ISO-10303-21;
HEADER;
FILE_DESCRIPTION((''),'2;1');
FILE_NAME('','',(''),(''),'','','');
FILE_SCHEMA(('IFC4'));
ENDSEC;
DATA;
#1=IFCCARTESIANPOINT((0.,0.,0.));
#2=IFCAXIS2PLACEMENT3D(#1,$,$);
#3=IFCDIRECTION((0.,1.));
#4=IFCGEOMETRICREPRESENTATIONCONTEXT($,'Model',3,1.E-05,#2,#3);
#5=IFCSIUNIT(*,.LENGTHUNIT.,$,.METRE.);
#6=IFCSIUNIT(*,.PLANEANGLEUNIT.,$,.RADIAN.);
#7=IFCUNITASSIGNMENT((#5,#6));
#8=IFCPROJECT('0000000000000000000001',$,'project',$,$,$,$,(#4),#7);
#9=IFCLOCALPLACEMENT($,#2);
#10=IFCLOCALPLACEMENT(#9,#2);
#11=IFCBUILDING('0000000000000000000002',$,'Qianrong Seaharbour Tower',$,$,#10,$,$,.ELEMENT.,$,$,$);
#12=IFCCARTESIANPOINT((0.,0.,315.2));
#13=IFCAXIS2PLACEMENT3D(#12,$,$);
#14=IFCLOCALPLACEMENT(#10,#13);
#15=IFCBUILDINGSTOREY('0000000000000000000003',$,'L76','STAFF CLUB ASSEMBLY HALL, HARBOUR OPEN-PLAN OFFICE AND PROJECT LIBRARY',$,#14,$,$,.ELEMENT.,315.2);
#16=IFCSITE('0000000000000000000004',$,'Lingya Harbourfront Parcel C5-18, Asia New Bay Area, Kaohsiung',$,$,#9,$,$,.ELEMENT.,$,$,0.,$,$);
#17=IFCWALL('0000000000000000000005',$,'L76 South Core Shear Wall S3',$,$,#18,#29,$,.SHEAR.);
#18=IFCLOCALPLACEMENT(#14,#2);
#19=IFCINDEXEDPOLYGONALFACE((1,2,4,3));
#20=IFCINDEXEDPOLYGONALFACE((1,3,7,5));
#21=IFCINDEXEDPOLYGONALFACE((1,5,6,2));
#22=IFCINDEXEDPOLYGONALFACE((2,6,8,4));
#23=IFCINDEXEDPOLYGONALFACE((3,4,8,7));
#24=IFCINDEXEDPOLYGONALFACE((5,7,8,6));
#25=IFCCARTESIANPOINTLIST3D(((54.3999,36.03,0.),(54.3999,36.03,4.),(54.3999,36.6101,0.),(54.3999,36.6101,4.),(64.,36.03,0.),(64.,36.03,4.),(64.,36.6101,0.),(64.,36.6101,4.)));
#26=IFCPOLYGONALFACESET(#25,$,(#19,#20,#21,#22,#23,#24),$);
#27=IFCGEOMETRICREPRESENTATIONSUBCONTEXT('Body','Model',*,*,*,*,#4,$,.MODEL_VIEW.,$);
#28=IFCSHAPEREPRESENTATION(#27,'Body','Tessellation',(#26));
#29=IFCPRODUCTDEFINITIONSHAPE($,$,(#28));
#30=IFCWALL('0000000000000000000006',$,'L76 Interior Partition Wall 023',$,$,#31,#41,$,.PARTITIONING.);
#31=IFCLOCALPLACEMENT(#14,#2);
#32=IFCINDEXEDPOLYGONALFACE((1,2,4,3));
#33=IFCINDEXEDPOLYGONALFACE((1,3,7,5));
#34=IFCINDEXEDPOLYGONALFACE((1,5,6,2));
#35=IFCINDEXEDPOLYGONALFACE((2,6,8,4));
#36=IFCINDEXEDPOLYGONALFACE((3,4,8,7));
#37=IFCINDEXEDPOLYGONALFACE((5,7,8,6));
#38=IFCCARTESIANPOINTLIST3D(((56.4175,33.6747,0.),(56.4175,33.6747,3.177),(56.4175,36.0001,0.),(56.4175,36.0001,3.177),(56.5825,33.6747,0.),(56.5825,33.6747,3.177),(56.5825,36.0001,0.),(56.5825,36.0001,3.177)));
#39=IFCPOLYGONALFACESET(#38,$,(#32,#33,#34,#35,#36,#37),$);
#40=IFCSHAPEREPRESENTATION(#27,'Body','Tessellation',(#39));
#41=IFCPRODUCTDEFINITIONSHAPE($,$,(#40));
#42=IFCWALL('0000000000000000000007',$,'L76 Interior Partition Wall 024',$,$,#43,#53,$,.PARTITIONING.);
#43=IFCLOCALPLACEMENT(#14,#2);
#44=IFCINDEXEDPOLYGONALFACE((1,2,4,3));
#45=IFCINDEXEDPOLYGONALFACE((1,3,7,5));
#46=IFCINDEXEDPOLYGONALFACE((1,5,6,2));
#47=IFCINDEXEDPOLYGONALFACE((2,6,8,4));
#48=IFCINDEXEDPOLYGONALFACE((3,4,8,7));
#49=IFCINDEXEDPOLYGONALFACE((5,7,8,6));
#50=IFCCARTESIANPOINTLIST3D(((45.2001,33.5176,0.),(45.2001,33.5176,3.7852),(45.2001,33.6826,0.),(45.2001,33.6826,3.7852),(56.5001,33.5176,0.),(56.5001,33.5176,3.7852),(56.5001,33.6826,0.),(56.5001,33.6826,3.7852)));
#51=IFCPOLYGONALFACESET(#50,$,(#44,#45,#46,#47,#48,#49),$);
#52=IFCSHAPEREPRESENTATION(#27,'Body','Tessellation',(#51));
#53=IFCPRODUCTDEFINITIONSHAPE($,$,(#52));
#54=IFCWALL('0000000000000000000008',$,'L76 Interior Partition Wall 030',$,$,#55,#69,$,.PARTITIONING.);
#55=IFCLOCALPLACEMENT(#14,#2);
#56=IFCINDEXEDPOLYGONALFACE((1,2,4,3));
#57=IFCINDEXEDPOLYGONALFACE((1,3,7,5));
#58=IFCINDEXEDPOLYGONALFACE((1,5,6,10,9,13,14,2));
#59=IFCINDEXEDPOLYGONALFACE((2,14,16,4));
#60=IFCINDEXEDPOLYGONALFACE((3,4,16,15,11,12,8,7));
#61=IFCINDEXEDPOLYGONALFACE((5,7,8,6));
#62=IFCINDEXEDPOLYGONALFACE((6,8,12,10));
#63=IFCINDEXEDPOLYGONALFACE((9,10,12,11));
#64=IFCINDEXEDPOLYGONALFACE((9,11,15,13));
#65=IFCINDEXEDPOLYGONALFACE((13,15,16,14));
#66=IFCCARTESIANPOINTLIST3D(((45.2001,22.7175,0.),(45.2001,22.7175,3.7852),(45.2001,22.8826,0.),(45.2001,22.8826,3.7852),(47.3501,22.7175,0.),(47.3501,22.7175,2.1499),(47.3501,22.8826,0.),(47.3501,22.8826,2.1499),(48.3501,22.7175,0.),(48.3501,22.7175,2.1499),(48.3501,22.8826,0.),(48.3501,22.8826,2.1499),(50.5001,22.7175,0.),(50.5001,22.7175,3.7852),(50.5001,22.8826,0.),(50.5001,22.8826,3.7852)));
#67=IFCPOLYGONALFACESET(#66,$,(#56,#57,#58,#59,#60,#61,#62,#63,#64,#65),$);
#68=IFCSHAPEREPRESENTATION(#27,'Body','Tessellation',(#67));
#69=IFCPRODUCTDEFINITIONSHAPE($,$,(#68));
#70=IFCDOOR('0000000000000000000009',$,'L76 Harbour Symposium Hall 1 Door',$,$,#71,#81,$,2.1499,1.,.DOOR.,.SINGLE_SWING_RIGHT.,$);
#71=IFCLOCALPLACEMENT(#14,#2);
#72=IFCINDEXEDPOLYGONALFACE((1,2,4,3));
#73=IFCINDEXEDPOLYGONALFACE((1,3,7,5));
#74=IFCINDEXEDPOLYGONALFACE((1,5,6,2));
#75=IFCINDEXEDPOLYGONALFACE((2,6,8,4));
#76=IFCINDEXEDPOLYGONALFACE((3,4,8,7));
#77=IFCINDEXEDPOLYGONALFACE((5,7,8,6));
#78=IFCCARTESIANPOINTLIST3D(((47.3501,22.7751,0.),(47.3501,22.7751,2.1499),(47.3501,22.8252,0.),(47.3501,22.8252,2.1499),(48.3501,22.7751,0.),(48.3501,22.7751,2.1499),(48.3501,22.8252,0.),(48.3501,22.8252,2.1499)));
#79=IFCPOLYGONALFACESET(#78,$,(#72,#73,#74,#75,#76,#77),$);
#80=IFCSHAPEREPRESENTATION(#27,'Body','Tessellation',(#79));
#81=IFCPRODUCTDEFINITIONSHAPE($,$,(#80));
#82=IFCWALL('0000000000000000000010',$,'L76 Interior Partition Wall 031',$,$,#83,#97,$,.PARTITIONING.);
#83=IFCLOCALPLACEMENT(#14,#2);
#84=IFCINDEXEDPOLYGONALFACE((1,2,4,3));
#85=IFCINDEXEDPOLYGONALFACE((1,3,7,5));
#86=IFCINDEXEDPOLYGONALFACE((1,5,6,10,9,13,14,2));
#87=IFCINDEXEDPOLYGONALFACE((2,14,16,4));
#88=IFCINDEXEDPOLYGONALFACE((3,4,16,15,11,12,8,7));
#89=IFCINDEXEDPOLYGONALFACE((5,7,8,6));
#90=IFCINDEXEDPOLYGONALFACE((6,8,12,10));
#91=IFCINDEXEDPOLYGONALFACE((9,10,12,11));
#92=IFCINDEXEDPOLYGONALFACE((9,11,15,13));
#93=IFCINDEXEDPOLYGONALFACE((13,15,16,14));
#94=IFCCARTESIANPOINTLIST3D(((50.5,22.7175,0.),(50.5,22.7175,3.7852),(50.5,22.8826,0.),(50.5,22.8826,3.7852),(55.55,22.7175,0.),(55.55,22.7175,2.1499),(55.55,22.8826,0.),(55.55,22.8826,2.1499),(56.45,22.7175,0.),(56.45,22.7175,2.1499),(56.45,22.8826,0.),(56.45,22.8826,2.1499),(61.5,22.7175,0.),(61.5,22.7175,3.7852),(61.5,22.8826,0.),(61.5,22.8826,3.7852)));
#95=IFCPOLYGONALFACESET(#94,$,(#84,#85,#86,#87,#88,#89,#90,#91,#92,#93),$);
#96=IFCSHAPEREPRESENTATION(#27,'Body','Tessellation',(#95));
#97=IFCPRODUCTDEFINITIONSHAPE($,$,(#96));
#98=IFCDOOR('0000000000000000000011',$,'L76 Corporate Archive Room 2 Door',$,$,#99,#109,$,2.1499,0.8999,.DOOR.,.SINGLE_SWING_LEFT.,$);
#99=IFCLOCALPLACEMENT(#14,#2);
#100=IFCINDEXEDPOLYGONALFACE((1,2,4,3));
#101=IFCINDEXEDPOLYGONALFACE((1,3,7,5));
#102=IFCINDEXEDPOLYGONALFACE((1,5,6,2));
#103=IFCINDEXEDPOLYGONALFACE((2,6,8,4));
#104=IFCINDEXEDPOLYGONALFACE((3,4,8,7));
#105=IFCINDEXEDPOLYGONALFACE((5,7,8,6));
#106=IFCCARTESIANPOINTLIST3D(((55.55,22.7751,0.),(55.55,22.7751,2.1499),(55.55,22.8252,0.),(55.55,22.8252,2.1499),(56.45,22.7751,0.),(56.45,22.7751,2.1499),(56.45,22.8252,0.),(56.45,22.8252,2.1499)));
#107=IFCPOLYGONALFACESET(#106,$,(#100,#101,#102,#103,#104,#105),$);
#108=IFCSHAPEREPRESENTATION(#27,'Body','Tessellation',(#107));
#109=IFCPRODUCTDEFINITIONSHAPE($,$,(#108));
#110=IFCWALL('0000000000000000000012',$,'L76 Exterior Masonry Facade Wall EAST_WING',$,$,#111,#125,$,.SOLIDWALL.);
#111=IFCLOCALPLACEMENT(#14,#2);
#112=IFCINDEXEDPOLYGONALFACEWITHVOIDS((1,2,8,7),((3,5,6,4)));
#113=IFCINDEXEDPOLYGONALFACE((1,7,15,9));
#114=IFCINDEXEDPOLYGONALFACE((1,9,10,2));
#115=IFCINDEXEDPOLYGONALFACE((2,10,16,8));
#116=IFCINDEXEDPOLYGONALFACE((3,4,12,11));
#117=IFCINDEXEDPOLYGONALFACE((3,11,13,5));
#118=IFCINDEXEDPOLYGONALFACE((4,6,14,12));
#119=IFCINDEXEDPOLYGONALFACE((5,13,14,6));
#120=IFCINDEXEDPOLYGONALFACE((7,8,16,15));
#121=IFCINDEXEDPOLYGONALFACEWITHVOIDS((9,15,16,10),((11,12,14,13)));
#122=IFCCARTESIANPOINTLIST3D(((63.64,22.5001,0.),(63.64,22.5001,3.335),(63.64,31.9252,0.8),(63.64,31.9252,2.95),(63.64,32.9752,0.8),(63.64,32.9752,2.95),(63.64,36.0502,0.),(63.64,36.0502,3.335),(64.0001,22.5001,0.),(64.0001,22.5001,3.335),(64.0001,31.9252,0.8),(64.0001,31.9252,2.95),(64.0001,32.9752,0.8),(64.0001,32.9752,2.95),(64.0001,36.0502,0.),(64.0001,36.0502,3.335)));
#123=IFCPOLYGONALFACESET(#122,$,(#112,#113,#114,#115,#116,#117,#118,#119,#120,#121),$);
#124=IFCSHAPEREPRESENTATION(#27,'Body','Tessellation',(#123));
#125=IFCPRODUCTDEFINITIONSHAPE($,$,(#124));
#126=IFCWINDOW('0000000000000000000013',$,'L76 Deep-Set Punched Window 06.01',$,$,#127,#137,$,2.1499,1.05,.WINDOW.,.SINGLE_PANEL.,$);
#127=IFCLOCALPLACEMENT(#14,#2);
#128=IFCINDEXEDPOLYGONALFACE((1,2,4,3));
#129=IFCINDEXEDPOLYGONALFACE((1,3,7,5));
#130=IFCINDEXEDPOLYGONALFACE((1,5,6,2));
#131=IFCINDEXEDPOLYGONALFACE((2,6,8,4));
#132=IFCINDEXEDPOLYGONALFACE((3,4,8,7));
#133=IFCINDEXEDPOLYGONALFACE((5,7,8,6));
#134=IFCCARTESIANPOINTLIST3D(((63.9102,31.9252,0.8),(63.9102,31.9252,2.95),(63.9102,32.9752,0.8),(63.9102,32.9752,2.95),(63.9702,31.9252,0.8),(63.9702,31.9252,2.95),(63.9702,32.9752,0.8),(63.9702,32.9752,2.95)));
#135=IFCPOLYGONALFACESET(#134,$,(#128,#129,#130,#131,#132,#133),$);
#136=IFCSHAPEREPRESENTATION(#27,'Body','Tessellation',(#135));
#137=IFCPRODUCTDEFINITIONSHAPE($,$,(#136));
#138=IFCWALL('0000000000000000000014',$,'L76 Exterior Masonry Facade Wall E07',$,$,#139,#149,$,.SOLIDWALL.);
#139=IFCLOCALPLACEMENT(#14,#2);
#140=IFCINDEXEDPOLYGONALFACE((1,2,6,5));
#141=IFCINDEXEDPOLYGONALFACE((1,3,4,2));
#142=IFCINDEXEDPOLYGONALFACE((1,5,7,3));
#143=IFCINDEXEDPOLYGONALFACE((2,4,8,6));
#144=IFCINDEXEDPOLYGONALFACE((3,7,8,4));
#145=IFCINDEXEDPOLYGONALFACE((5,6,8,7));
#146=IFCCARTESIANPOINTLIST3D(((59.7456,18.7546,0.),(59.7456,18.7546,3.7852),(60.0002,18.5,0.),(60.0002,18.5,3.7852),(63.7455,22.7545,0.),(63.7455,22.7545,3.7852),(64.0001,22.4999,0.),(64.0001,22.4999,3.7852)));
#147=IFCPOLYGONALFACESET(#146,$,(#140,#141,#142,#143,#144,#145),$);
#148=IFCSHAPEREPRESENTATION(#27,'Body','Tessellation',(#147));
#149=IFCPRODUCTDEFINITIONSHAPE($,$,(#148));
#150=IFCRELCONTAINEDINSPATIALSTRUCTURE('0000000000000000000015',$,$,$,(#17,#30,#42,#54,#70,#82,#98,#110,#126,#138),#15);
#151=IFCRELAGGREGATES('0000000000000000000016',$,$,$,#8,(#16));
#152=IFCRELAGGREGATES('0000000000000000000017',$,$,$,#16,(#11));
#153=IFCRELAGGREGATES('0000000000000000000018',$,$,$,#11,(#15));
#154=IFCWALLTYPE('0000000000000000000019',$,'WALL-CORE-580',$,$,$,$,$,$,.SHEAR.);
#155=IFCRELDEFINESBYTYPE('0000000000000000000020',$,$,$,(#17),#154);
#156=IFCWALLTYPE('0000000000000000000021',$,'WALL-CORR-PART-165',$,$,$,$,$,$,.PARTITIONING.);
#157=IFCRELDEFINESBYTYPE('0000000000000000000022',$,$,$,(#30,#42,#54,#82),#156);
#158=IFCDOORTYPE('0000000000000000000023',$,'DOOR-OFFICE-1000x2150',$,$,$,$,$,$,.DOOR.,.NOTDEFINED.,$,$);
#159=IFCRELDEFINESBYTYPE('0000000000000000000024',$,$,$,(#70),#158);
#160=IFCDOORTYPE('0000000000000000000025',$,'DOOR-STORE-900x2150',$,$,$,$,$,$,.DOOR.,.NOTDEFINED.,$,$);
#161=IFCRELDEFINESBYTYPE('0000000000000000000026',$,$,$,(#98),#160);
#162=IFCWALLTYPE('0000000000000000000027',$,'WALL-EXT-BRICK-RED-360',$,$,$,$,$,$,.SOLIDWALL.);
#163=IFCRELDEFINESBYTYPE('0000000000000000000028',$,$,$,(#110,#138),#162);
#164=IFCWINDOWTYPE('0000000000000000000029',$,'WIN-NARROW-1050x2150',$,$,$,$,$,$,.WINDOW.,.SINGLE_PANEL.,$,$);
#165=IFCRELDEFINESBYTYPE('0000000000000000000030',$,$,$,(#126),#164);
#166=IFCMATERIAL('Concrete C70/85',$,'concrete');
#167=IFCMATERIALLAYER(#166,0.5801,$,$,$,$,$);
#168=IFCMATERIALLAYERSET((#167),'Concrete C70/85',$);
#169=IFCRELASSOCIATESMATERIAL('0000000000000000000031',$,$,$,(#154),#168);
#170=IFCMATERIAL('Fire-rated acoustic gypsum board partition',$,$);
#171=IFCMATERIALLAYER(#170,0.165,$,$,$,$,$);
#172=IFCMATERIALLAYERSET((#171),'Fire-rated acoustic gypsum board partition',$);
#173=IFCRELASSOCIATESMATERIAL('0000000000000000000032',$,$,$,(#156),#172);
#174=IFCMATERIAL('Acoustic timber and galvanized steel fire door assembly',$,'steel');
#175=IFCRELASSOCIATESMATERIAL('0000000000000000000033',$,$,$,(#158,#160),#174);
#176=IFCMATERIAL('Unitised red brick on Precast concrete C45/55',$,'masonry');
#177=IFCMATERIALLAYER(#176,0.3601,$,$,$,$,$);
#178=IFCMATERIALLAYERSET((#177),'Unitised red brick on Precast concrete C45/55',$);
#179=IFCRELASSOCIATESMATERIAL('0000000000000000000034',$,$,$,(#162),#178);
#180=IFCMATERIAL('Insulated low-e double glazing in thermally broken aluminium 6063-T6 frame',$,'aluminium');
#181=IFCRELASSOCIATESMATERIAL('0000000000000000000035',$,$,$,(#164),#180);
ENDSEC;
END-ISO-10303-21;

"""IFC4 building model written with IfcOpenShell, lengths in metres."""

from ifc_helpers import new_model, si_unit, direction, frame, frame_2d, origin, place, context, subcontext, project, spatial, rectangle, extrude, material, layer, layer_set, type_object, element, fill, save


model = new_model("IFC4")

# Units and contexts
model_context = context("Model", 3, precision=1e-05, world=origin(), true_north=direction((0.0, 1.0)))
body_context = subcontext(model_context, "Body", "Model", "MODEL_VIEW")
ifc_project = project(units=[si_unit("LENGTHUNIT", "METRE"), si_unit("PLANEANGLEUNIT", "RADIAN")], contexts=[model_context])

# Site, building, storey
site_placement = place(None, origin())
site = spatial("IfcSite", under=ifc_project, at=site_placement, Name="Lingya Harbourfront Parcel C5-18, Asia New Bay Area, Kaohsiung", CompositionType="ELEMENT", RefElevation=0.0)
building_placement = place(site_placement, origin())
building = spatial("IfcBuilding", under=site, at=building_placement, Name="Qianrong Seaharbour Tower", CompositionType="ELEMENT")
storey_placement = place(building_placement, frame((0.0, 0.0, 315.2)))
storey = spatial("IfcBuildingStorey", under=building, at=storey_placement, Name="L76", Description="STAFF CLUB ASSEMBLY HALL, HARBOUR OPEN-PLAN OFFICE AND PROJECT LIBRARY", CompositionType="ELEMENT", Elevation=315.2)

# Walls
ifc_material_1 = material(Name="Concrete C70/85", Category="concrete")
ifc_layer_1 = layer(ifc_material_1, 0.5801)
ifc_layer_set_1 = layer_set([ifc_layer_1], Name="Concrete C70/85")
wall_type_1 = type_object("IfcWallType", Name="WALL-CORE-580", PredefinedType="SHEAR", material=ifc_layer_set_1)
wall_1_placement = place(storey_placement, frame((54.3999, 36.3201, 0.0), z_axis=(0.0, 0.0, 1.0), x_axis=(1.0, 0.0, 0.0)))
element("IfcWall", 1, at=wall_1_placement, inside=storey, type_object=wall_type_1, Name="L76 South Core Shear Wall S3", PredefinedType="SHEAR", context=body_context, shape_type="SweptSolid", body=[
    extrude(rectangle(XDim=9.6001, YDim=0.5801, at=frame_2d((4.8, 0.0))), origin(), (0.0, 0.0, 1.0), 4.0),
])
ifc_material_2 = material(Name="Fire-rated acoustic gypsum board partition")
ifc_layer_2 = layer(ifc_material_2, 0.165)
ifc_layer_set_2 = layer_set([ifc_layer_2], Name="Fire-rated acoustic gypsum board partition")
wall_type_2 = type_object("IfcWallType", Name="WALL-CORR-PART-165", PredefinedType="PARTITIONING", material=ifc_layer_set_2)
wall_2_placement = place(storey_placement, frame((56.5, 36.0, 0.0), z_axis=(0.0, 0.0, 1.0), x_axis=(0.0, -1.0, 0.0)))
element("IfcWall", 2, at=wall_2_placement, inside=storey, type_object=wall_type_2, Name="L76 Interior Partition Wall 023", PredefinedType="PARTITIONING", context=body_context, shape_type="SweptSolid", body=[
    extrude(rectangle(XDim=2.3254, YDim=0.165, at=frame_2d((1.1626, 0.0))), origin(), (0.0, 0.0, 1.0), 3.177),
])
wall_3_placement = place(storey_placement, frame((56.5, 33.6001, 0.0), z_axis=(0.0, 0.0, 1.0), x_axis=(-1.0, 0.0, 0.0)))
element("IfcWall", 3, at=wall_3_placement, inside=storey, type_object=wall_type_2, Name="L76 Interior Partition Wall 024", PredefinedType="PARTITIONING", context=body_context, shape_type="SweptSolid", body=[
    extrude(rectangle(XDim=11.3, YDim=0.165, at=frame_2d((5.6499, 0.0))), origin(), (0.0, 0.0, 1.0), 3.7852),
])

# Walls, openings, doors
wall_4_placement = place(storey_placement, frame((50.5, 22.8, 0.0), z_axis=(0.0, 0.0, 1.0), x_axis=(-1.0, 0.0, 0.0)))
wall_4 = element("IfcWall", 4, at=wall_4_placement, inside=storey, type_object=wall_type_2, Name="L76 Interior Partition Wall 030", PredefinedType="PARTITIONING", context=body_context, shape_type="SweptSolid", body=[
    extrude(rectangle(XDim=5.3, YDim=0.165, at=frame_2d((2.6499, 0.0))), origin(), (0.0, 0.0, 1.0), 3.7852),
])
opening_1_placement = place(wall_4_placement, frame((2.1499, 0.0, 0.0)))
opening_1 = element("IfcOpeningElement", 5, at=opening_1_placement, cuts=wall_4, PredefinedType="OPENING", context=body_context, shape_type="SweptSolid", body=[
    extrude(rectangle(XDim=1.0, YDim=2.1499, at=frame_2d((0.5, 1.075))), frame((0.0, 0.0925, 0.0), z_axis=(0.0, -1.0, 0.0), x_axis=(1.0, 0.0, 0.0)), (0.0, 0.0, 1.0), 0.1851),
])
ifc_material_3 = material(Name="Acoustic timber and galvanized steel fire door assembly", Category="steel")
door_type_1 = type_object("IfcDoorType", Name="DOOR-OFFICE-1000x2150", OperationType="NOTDEFINED", PredefinedType="DOOR", material=ifc_material_3)
door_1_placement = place(opening_1_placement, origin())
door_1 = element("IfcDoor", 6, at=door_1_placement, inside=storey, type_object=door_type_1, Name="L76 Harbour Symposium Hall 1 Door", OperationType="SINGLE_SWING_RIGHT", OverallHeight=2.1499, OverallWidth=1.0, PredefinedType="DOOR", context=body_context, shape_type="SweptSolid", body=[
    extrude(rectangle(XDim=1.0, YDim=2.1499, at=frame_2d((0.5, 1.075))), frame((0.0, 0.0249, 0.0), z_axis=(0.0, -1.0, 0.0), x_axis=(1.0, 0.0, 0.0)), (0.0, 0.0, 1.0), 0.05),
])
fill(opening_1, door_1)
wall_5_placement = place(storey_placement, frame((61.5, 22.8, 0.0), z_axis=(0.0, 0.0, 1.0), x_axis=(-1.0, 0.0, 0.0)))
wall_5 = element("IfcWall", 7, at=wall_5_placement, inside=storey, type_object=wall_type_2, Name="L76 Interior Partition Wall 031", PredefinedType="PARTITIONING", context=body_context, shape_type="SweptSolid", body=[
    extrude(rectangle(XDim=11.0, YDim=0.165, at=frame_2d((5.5, 0.0))), origin(), (0.0, 0.0, 1.0), 3.7852),
])
opening_2_placement = place(wall_5_placement, frame((5.05, 0.0, 0.0)))
opening_2 = element("IfcOpeningElement", 8, at=opening_2_placement, cuts=wall_5, PredefinedType="OPENING", context=body_context, shape_type="SweptSolid", body=[
    extrude(rectangle(XDim=0.8999, YDim=2.1499, at=frame_2d((0.45, 1.075))), frame((0.0, 0.0925, 0.0), z_axis=(0.0, -1.0, 0.0), x_axis=(1.0, 0.0, 0.0)), (0.0, 0.0, 1.0), 0.1851),
])
door_type_2 = type_object("IfcDoorType", Name="DOOR-STORE-900x2150", OperationType="NOTDEFINED", PredefinedType="DOOR", material=ifc_material_3)
door_2_placement = place(opening_2_placement, origin())
door_2 = element("IfcDoor", 9, at=door_2_placement, inside=storey, type_object=door_type_2, Name="L76 Corporate Archive Room 2 Door", OperationType="SINGLE_SWING_LEFT", OverallHeight=2.1499, OverallWidth=0.8999, PredefinedType="DOOR", context=body_context, shape_type="SweptSolid", body=[
    extrude(rectangle(XDim=0.8999, YDim=2.1499, at=frame_2d((0.45, 1.075))), frame((0.0, 0.0249, 0.0), z_axis=(0.0, -1.0, 0.0), x_axis=(1.0, 0.0, 0.0)), (0.0, 0.0, 1.0), 0.05),
])
fill(opening_2, door_2)

# Wall, opening, window
ifc_material_4 = material(Name="Unitised red brick on Precast concrete C45/55", Category="masonry")
ifc_layer_3 = layer(ifc_material_4, 0.3601)
ifc_layer_set_3 = layer_set([ifc_layer_3], Name="Unitised red brick on Precast concrete C45/55")
wall_type_3 = type_object("IfcWallType", Name="WALL-EXT-BRICK-RED-360", PredefinedType="SOLIDWALL", material=ifc_layer_set_3)
wall_6_placement = place(storey_placement, frame((63.8201, 36.05, 0.0), z_axis=(0.0, 0.0, 1.0), x_axis=(0.0, -1.0, 0.0)))
wall_6 = element("IfcWall", 10, at=wall_6_placement, inside=storey, type_object=wall_type_3, Name="L76 Exterior Masonry Facade Wall EAST_WING", PredefinedType="SOLIDWALL", context=body_context, shape_type="SweptSolid", body=[
    extrude(rectangle(XDim=13.55, YDim=0.3601, at=frame_2d((6.7749, 0.0))), origin(), (0.0, 0.0, 1.0), 3.335),
])
opening_3_placement = place(wall_6_placement, frame((3.075, 0.0, 0.8)))
opening_3 = element("IfcOpeningElement", 11, at=opening_3_placement, cuts=wall_6, PredefinedType="OPENING", context=body_context, shape_type="SweptSolid", body=[
    extrude(rectangle(XDim=1.05, YDim=2.1499, at=frame_2d((0.5249, 1.075))), frame((0.0, 0.1899, 0.0), z_axis=(0.0, -1.0, 0.0), x_axis=(1.0, 0.0, 0.0)), (0.0, 0.0, 1.0), 0.3801),
])
ifc_material_5 = material(Name="Insulated low-e double glazing in thermally broken aluminium 6063-T6 frame", Category="aluminium")
window_type = type_object("IfcWindowType", Name="WIN-NARROW-1050x2150", PartitioningType="SINGLE_PANEL", PredefinedType="WINDOW", material=ifc_material_5)
window_1_placement = place(opening_3_placement, origin())
window_1 = element("IfcWindow", 12, at=window_1_placement, inside=storey, type_object=window_type, Name="L76 Deep-Set Punched Window 06.01", OverallHeight=2.1499, OverallWidth=1.05, PartitioningType="SINGLE_PANEL", PredefinedType="WINDOW", context=body_context, shape_type="SweptSolid", body=[
    extrude(rectangle(XDim=1.05, YDim=2.1499, at=frame_2d((0.5249, 1.075))), frame((0.0, 0.1501, 0.0), z_axis=(0.0, -1.0, 0.0), x_axis=(1.0, 0.0, 0.0)), (0.0, 0.0, 1.0), 0.0601),
])
fill(opening_3, window_1)

# Wall
wall_7_placement = place(storey_placement, frame((63.8728, 22.6272, 0.0), z_axis=(0.0, 0.0, 1.0), x_axis=(-0.707107, -0.707107, 0.0)))
element("IfcWall", 13, at=wall_7_placement, inside=storey, type_object=wall_type_3, Name="L76 Exterior Masonry Facade Wall E07", PredefinedType="SOLIDWALL", context=body_context, shape_type="SweptSolid", body=[
    extrude(rectangle(XDim=5.6567, YDim=0.3601, at=frame_2d((2.8284, 0.0))), origin(), (0.0, 0.0, 1.0), 3.7852),
])

save(model, "model.ifc")
